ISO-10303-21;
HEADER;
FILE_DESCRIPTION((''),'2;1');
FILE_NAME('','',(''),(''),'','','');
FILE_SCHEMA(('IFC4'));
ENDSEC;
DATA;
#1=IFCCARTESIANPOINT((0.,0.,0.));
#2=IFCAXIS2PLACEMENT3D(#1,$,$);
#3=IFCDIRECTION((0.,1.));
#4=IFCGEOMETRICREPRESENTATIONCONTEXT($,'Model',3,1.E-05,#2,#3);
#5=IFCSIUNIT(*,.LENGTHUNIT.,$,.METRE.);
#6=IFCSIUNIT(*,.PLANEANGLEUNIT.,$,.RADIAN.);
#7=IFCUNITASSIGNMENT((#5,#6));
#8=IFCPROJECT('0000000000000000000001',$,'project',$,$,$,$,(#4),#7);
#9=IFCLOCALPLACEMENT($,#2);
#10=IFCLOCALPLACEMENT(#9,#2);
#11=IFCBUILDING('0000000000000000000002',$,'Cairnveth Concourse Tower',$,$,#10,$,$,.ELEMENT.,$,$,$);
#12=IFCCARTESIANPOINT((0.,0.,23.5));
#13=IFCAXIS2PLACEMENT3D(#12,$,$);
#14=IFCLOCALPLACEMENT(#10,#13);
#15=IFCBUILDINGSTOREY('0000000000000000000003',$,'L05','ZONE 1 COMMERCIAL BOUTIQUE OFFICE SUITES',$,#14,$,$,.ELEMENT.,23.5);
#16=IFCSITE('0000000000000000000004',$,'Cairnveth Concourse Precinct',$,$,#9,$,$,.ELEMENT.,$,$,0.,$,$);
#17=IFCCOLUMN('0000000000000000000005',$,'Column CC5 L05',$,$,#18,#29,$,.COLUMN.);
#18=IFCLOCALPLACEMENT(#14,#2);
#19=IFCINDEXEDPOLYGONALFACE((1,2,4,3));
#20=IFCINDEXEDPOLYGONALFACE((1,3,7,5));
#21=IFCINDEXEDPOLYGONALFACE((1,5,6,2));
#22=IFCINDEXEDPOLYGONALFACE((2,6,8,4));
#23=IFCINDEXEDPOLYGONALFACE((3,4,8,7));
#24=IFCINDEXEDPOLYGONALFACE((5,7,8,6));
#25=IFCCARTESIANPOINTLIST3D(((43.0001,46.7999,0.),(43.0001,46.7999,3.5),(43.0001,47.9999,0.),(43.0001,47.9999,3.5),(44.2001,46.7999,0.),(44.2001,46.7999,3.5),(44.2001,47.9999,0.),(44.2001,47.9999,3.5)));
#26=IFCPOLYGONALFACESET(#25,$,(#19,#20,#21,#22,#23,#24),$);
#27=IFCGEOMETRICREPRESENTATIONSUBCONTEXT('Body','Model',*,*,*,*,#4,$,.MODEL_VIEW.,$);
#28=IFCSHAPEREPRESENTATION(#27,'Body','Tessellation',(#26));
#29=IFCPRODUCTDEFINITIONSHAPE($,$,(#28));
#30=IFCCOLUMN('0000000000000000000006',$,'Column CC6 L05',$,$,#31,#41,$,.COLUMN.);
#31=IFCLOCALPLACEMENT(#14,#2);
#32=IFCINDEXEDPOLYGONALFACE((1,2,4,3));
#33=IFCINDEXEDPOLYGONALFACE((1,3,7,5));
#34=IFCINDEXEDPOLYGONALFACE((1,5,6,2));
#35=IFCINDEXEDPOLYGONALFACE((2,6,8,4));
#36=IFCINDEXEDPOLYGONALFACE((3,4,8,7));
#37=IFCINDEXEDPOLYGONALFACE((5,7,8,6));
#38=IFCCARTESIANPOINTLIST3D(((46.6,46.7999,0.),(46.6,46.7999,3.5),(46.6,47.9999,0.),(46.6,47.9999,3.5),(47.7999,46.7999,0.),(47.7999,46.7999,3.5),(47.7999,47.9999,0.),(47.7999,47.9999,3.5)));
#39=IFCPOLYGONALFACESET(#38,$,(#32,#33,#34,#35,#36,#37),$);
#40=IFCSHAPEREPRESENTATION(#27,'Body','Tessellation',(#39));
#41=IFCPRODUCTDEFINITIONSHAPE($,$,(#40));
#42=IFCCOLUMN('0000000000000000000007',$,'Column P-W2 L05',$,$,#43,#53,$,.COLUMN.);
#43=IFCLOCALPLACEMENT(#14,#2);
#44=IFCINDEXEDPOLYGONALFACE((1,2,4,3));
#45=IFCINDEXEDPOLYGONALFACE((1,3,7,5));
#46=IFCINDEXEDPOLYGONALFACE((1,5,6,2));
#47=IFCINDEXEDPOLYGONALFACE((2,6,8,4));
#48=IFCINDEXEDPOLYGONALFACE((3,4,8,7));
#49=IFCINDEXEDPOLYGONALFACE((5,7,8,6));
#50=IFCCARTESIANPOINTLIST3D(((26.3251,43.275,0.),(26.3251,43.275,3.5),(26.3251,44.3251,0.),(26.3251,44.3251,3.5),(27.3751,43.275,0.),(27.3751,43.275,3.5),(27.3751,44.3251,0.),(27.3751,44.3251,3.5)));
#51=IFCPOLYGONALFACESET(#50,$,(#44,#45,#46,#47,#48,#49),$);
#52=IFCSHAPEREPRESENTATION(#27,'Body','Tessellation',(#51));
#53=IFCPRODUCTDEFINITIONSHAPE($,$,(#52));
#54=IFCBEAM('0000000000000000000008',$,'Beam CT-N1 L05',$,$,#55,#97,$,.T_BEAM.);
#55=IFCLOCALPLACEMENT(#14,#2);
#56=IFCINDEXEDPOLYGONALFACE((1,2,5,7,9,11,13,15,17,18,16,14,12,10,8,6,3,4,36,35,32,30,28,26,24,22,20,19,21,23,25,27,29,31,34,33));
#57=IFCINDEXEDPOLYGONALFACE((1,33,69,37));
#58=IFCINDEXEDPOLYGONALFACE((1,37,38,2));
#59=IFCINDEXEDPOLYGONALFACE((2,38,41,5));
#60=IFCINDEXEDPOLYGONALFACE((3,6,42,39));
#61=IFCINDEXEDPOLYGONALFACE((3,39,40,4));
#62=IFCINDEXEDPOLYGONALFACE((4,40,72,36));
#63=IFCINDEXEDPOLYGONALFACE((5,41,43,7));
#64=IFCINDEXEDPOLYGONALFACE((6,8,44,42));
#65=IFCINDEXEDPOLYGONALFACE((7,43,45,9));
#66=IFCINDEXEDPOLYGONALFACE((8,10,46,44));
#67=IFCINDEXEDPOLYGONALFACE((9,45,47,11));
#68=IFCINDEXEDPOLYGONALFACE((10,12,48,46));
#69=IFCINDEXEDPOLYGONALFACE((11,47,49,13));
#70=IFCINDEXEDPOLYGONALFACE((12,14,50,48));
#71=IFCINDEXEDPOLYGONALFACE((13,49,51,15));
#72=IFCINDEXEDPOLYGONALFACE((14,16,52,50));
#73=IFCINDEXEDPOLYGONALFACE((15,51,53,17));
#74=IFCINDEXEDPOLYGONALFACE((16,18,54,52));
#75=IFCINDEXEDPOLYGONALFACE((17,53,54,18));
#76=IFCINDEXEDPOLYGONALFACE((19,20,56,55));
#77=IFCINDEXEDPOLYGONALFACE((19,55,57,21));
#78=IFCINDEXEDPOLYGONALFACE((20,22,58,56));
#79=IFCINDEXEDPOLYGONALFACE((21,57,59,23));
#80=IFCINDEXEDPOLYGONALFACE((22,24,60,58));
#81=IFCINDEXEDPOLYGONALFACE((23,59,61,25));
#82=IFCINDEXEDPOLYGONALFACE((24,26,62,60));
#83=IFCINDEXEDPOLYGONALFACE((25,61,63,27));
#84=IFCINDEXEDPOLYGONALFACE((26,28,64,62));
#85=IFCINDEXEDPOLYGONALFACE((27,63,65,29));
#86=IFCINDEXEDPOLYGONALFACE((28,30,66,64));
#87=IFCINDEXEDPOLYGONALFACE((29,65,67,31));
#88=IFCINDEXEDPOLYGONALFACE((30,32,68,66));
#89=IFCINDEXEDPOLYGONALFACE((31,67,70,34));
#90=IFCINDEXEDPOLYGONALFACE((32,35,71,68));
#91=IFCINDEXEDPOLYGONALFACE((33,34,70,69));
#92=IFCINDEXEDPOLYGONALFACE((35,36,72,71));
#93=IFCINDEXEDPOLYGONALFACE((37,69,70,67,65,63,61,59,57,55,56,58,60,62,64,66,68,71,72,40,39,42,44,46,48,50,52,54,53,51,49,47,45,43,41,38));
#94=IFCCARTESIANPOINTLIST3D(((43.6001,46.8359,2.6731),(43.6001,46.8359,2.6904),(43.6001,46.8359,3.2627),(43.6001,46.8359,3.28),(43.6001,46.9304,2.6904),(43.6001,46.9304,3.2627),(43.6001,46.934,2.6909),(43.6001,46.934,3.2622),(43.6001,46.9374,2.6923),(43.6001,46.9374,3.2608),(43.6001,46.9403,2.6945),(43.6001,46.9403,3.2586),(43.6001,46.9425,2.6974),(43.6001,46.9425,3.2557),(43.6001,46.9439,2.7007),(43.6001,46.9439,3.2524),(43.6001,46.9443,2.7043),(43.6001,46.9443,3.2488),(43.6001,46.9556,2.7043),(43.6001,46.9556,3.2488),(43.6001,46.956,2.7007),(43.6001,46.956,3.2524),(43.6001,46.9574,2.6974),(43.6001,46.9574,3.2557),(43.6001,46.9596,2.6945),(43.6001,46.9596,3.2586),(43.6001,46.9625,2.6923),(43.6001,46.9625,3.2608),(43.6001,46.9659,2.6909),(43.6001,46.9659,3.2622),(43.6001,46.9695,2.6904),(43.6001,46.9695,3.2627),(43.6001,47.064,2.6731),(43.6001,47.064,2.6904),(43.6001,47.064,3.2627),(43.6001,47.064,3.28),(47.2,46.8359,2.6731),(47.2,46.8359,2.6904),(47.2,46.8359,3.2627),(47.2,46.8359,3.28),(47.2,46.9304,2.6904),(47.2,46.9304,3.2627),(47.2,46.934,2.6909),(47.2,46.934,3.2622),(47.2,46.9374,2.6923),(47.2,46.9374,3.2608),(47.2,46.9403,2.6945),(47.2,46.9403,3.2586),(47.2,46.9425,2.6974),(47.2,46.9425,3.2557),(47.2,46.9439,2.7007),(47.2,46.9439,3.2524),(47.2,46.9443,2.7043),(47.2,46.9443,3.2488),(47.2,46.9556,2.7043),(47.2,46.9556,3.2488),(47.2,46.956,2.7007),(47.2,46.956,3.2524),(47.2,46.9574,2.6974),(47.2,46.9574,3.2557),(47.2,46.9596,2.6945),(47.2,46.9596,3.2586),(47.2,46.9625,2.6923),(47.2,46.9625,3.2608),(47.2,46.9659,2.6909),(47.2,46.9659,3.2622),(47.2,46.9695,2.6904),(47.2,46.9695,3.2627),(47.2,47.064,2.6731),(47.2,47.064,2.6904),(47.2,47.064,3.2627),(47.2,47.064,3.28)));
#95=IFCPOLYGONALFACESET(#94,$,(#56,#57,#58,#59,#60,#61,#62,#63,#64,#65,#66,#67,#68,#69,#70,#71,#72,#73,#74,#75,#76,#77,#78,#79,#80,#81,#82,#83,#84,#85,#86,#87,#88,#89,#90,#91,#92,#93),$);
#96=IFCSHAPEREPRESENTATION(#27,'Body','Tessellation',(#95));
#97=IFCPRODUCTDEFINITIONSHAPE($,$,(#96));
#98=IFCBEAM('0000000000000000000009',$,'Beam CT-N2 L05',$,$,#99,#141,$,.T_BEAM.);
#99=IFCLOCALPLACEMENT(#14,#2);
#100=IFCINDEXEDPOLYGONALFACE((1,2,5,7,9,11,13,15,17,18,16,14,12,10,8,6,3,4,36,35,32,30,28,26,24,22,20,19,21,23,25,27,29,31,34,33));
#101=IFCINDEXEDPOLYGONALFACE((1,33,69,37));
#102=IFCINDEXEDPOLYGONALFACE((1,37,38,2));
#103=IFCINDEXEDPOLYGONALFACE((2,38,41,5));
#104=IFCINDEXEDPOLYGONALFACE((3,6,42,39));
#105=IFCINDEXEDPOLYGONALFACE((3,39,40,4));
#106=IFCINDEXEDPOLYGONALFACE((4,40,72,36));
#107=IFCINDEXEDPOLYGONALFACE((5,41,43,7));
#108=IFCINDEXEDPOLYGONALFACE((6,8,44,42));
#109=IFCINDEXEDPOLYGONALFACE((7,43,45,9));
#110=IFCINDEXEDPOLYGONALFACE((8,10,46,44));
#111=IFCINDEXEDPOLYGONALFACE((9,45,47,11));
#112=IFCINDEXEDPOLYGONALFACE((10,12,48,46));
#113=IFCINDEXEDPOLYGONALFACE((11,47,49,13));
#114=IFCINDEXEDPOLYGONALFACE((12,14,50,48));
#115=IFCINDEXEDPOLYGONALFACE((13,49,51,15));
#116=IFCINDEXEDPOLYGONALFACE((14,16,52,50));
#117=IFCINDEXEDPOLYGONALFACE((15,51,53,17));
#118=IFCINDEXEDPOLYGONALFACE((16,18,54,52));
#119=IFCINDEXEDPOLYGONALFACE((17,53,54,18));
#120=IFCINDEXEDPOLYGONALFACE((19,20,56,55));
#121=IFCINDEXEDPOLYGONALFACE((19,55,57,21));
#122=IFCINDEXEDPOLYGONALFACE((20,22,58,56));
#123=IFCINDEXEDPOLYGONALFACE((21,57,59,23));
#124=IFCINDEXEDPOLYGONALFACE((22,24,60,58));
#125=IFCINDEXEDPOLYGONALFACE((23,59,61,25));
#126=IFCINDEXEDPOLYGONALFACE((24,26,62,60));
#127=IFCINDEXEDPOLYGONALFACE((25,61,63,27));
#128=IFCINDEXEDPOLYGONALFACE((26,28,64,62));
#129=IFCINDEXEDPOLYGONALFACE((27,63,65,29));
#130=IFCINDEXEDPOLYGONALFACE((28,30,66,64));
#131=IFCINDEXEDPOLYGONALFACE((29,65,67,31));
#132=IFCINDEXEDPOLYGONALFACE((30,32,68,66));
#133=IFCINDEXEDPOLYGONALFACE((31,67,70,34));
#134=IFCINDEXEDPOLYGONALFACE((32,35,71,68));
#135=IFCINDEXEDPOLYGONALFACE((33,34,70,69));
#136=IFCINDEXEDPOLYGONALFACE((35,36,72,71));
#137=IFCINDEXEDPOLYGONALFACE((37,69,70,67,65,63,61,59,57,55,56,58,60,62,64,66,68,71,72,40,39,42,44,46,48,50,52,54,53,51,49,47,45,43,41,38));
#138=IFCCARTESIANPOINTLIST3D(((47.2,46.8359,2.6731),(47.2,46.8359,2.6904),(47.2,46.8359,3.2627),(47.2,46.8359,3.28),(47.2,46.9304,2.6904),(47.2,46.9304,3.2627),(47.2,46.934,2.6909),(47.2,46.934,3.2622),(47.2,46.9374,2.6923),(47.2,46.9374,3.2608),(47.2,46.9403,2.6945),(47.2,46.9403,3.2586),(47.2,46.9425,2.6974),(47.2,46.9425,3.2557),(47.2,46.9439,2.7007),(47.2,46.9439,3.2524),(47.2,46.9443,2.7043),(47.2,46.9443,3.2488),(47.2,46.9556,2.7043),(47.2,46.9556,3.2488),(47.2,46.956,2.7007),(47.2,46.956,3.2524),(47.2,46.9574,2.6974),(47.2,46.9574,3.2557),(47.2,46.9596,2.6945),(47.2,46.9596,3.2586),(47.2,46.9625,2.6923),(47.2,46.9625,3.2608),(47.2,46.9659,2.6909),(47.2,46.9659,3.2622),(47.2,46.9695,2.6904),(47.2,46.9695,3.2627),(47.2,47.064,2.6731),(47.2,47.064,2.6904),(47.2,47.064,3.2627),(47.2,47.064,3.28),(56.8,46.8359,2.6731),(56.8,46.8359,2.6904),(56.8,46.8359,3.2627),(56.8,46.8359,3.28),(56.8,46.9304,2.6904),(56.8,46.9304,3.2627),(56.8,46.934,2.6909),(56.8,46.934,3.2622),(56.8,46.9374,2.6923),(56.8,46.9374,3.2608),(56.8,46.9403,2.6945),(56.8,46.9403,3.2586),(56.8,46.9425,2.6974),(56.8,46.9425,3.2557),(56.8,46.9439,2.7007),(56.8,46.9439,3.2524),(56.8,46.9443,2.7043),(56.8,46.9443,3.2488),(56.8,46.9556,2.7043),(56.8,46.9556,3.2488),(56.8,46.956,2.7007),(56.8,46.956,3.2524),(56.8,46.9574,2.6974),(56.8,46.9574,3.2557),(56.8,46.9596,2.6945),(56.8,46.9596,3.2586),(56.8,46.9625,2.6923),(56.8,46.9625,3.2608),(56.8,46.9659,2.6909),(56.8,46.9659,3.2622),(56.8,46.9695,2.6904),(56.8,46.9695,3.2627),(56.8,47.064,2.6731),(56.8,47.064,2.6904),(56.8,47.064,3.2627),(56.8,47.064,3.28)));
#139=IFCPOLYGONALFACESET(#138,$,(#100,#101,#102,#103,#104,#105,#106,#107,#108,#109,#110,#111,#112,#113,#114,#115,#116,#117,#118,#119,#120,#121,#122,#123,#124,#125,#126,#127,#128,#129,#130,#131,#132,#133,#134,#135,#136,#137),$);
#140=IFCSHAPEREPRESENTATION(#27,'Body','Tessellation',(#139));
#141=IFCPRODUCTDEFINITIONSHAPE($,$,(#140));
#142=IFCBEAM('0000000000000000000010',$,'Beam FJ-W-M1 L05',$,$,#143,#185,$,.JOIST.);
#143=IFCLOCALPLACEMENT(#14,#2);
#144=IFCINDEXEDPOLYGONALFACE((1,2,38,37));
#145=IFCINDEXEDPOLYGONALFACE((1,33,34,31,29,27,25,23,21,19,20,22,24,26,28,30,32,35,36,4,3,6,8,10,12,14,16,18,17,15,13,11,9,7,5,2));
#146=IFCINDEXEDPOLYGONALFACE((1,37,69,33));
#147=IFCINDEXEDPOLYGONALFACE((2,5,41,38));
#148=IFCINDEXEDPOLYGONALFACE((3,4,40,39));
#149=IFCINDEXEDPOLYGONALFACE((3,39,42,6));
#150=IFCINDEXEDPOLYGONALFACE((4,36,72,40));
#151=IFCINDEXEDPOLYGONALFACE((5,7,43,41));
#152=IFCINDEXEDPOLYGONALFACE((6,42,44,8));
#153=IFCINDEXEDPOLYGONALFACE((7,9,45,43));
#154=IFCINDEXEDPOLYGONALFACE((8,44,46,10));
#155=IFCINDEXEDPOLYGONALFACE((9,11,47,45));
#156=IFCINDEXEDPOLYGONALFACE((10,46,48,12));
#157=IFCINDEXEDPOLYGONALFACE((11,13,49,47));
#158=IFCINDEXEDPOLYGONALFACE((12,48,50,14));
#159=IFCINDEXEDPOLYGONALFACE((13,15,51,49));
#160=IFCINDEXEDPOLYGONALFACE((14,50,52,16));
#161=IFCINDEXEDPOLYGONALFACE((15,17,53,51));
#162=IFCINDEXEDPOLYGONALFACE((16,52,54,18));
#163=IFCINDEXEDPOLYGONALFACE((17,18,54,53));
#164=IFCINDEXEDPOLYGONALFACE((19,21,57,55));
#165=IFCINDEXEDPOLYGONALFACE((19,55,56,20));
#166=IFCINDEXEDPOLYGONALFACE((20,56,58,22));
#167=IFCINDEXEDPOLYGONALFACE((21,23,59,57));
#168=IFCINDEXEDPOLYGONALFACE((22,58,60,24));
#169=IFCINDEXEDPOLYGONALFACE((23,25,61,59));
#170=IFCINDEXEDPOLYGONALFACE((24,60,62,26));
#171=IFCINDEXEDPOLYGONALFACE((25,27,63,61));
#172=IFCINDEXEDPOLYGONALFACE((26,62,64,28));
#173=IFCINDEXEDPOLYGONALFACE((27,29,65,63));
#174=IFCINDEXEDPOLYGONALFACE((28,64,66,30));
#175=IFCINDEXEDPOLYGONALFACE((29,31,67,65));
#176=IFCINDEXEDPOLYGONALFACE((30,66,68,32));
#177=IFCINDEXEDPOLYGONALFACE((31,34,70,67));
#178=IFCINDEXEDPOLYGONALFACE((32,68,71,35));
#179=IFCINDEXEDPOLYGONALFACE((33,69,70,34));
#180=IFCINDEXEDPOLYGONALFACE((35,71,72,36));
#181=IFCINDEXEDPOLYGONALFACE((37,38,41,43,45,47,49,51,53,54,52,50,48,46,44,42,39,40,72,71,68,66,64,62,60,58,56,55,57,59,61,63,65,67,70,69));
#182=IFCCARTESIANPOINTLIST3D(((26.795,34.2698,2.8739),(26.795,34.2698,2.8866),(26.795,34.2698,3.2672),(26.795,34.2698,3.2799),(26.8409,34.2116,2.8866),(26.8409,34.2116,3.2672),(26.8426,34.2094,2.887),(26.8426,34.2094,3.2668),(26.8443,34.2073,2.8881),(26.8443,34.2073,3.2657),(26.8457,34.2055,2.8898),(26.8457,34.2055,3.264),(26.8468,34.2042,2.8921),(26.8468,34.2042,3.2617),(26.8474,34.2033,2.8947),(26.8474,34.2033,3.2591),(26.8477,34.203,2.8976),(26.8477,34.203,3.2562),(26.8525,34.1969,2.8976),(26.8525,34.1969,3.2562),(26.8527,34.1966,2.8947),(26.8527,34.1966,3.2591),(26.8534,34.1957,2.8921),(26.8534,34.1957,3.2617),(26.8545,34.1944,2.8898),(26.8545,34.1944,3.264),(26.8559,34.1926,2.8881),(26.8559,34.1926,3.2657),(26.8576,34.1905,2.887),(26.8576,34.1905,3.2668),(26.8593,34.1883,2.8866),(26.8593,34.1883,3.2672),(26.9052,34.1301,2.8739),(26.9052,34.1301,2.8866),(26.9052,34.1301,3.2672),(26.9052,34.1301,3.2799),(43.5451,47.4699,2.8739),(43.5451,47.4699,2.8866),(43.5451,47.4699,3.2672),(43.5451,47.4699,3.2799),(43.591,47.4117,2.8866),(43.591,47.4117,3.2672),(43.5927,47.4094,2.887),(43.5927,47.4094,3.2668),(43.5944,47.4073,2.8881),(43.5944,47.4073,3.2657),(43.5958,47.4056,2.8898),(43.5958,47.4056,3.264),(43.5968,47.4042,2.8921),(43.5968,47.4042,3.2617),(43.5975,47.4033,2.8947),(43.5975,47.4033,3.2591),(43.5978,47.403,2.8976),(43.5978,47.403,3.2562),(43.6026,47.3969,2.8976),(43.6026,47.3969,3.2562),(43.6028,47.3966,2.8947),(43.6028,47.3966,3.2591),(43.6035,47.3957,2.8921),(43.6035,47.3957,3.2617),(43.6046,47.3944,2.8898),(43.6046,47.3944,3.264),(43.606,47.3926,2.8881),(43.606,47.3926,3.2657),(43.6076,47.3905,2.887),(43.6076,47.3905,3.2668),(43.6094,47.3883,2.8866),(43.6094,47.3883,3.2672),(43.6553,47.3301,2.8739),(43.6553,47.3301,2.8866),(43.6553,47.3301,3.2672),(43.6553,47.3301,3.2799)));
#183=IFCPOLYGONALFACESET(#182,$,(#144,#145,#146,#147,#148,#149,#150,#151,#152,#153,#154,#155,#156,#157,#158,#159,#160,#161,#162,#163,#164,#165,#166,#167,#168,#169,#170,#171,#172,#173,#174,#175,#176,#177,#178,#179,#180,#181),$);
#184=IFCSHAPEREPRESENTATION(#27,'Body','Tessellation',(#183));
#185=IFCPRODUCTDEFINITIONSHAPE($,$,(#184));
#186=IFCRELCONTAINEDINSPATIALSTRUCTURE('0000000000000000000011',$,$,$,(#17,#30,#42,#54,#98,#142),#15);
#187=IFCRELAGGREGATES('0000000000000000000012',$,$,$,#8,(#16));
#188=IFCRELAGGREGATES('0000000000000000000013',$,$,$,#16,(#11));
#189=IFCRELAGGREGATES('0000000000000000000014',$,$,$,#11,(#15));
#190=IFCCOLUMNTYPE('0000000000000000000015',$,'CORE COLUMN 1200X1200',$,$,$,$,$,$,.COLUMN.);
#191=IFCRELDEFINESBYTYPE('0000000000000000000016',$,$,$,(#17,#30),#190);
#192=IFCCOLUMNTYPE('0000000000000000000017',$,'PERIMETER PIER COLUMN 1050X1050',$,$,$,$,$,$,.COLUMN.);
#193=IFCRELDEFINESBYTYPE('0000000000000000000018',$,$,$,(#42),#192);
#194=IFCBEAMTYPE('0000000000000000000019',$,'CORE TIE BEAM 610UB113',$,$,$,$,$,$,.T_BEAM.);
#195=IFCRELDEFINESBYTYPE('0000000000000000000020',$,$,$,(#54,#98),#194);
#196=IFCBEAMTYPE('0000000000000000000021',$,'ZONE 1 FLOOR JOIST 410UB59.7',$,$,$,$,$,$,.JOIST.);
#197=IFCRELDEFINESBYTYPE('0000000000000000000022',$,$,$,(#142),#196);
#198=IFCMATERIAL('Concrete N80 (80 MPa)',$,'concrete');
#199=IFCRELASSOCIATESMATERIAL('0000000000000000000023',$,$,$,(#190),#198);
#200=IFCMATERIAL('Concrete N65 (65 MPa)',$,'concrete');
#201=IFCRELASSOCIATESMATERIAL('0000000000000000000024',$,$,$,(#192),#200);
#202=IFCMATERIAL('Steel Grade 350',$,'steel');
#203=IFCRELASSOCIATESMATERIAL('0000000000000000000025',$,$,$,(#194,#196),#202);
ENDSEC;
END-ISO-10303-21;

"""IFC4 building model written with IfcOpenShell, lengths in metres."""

from ifc_helpers import new_model, si_unit, direction, frame, origin, origin_2d, place, context, subcontext, project, spatial, rectangle, i_section, extrude, material, material_profile, profile_set, type_object, element, save


model = new_model("IFC4")

# Units and contexts
model_context = context("Model", 3, precision=1e-05, world=origin(), true_north=direction((0.0, 1.0)))
body_context = subcontext(model_context, "Body", "Model", "MODEL_VIEW")
ifc_project = project(units=[si_unit("LENGTHUNIT", "METRE"), si_unit("PLANEANGLEUNIT", "RADIAN")], contexts=[model_context])

# Site, building, storey
site_placement = place(None, origin())
site = spatial("IfcSite", under=ifc_project, at=site_placement, Name="Cairnveth Concourse Precinct", CompositionType="ELEMENT", RefElevation=0.0)
building_placement = place(site_placement, origin())
building = spatial("IfcBuilding", under=site, at=building_placement, Name="Cairnveth Concourse Tower", CompositionType="ELEMENT")
storey_placement = place(building_placement, frame((0.0, 0.0, 23.5)))
storey = spatial("IfcBuildingStorey", under=building, at=storey_placement, Name="L05", Description="ZONE 1 COMMERCIAL BOUTIQUE OFFICE SUITES", CompositionType="ELEMENT", Elevation=23.5)

# Columns
ifc_material_1 = material(Name="Concrete N80 (80 MPa)", Category="concrete")
ifc_material_profile_1 = material_profile(ifc_material_1, rectangle(XDim=1.2, YDim=1.2, at=origin_2d()), Name="RC-COL-1200x1200")
ifc_profile_set_1 = profile_set([ifc_material_profile_1], Name="Concrete N80 (80 MPa)")
column_type_1 = type_object("IfcColumnType", Name="CORE COLUMN 1200X1200", PredefinedType="COLUMN", material=ifc_profile_set_1)
for number, where, z_axis, x_axis, name in (
    (1, (43.6001, 47.3999, 0.0), (0.0, 0.0, 1.0), (1.0, 0.0, 0.0), "Column CC5 L05"),
    (2, (47.2, 47.3999, 0.0), (0.0, 0.0, 1.0), (1.0, 0.0, 0.0), "Column CC6 L05"),
):
    element("IfcColumn", number, at=place(storey_placement, frame(where, z_axis=z_axis, x_axis=x_axis)), inside=storey, type_object=column_type_1, Name=name, PredefinedType="COLUMN", context=body_context, shape_type="SweptSolid", body=[
        extrude(rectangle(XDim=1.2, YDim=1.2, at=origin_2d()), origin(), (0.0, 0.0, 1.0), 3.5),
    ])
ifc_material_2 = material(Name="Concrete N65 (65 MPa)", Category="concrete")
ifc_material_profile_2 = material_profile(ifc_material_2, rectangle(XDim=1.05, YDim=1.05, at=origin_2d()), Name="RC-COL-1050x1050")
ifc_profile_set_2 = profile_set([ifc_material_profile_2], Name="Concrete N65 (65 MPa)")
column_type_2 = type_object("IfcColumnType", Name="PERIMETER PIER COLUMN 1050X1050", PredefinedType="COLUMN", material=ifc_profile_set_2)
column_placement = place(storey_placement, frame((26.8501, 43.8, 0.0), z_axis=(0.0, 0.0, 1.0), x_axis=(0.0, 1.0, 0.0)))
element("IfcColumn", 3, at=column_placement, inside=storey, type_object=column_type_2, Name="Column P-W2 L05", PredefinedType="COLUMN", context=body_context, shape_type="SweptSolid", body=[
    extrude(rectangle(XDim=1.05, YDim=1.05, at=origin_2d()), origin(), (0.0, 0.0, 1.0), 3.5),
])

# Beams
ifc_material_3 = material(Name="Steel Grade 350", Category="steel")
ifc_material_profile_3 = material_profile(ifc_material_3, i_section(OverallWidth=0.228, OverallDepth=0.6069, WebThickness=0.0112, FlangeThickness=0.0173, FilletRadius=0.0139, at=origin_2d()), Name="610UB113")
ifc_profile_set_3 = profile_set([ifc_material_profile_3], Name="Steel Grade 350")
beam_type_1 = type_object("IfcBeamType", Name="CORE TIE BEAM 610UB113", PredefinedType="T_BEAM", material=ifc_profile_set_3)
beam_1_placement = place(storey_placement, frame((43.6001, 46.95, 2.9766), z_axis=(1.0, 0.0, 0.0), x_axis=(0.0, 1.0, 0.0)))
element("IfcBeam", 4, at=beam_1_placement, inside=storey, type_object=beam_type_1, Name="Beam CT-N1 L05", PredefinedType="T_BEAM", context=body_context, shape_type="SweptSolid", body=[
    extrude(i_section(OverallWidth=0.228, OverallDepth=0.6069, WebThickness=0.0112, FlangeThickness=0.0173, FilletRadius=0.0139, at=origin_2d()), origin(), (0.0, 0.0, 1.0), 3.5999),
])
beam_2_placement = place(storey_placement, frame((47.2, 46.95, 2.9766), z_axis=(1.0, 0.0, 0.0), x_axis=(0.0, 1.0, 0.0)))
element("IfcBeam", 5, at=beam_2_placement, inside=storey, type_object=beam_type_1, Name="Beam CT-N2 L05", PredefinedType="T_BEAM", context=body_context, shape_type="SweptSolid", body=[
    extrude(i_section(OverallWidth=0.228, OverallDepth=0.6069, WebThickness=0.0112, FlangeThickness=0.0173, FilletRadius=0.0139, at=origin_2d()), origin(), (0.0, 0.0, 1.0), 9.6001),
])
ifc_material_profile_4 = material_profile(ifc_material_3, i_section(OverallWidth=0.178, OverallDepth=0.406, WebThickness=0.0078, FlangeThickness=0.0127, FilletRadius=0.011, at=origin_2d()), Name="410UB59.7")
ifc_profile_set_4 = profile_set([ifc_material_profile_4], Name="Steel Grade 350")
beam_type_2 = type_object("IfcBeamType", Name="ZONE 1 FLOOR JOIST 410UB59.7", PredefinedType="JOIST", material=ifc_profile_set_4)
beam_3_placement = place(storey_placement, frame((26.8501, 34.2, 3.0769), z_axis=(0.785424, 0.618958, 0.0), x_axis=(-0.618958, 0.785424, 0.0)))
element("IfcBeam", 6, at=beam_3_placement, inside=storey, type_object=beam_type_2, Name="Beam FJ-W-M1 L05", PredefinedType="JOIST", context=body_context, shape_type="SweptSolid", body=[
    extrude(i_section(OverallWidth=0.178, OverallDepth=0.406, WebThickness=0.0078, FlangeThickness=0.0127, FilletRadius=0.011, at=origin_2d()), origin(), (0.0, 0.0, 1.0), 21.3262),
])

save(model, "model.ifc")
